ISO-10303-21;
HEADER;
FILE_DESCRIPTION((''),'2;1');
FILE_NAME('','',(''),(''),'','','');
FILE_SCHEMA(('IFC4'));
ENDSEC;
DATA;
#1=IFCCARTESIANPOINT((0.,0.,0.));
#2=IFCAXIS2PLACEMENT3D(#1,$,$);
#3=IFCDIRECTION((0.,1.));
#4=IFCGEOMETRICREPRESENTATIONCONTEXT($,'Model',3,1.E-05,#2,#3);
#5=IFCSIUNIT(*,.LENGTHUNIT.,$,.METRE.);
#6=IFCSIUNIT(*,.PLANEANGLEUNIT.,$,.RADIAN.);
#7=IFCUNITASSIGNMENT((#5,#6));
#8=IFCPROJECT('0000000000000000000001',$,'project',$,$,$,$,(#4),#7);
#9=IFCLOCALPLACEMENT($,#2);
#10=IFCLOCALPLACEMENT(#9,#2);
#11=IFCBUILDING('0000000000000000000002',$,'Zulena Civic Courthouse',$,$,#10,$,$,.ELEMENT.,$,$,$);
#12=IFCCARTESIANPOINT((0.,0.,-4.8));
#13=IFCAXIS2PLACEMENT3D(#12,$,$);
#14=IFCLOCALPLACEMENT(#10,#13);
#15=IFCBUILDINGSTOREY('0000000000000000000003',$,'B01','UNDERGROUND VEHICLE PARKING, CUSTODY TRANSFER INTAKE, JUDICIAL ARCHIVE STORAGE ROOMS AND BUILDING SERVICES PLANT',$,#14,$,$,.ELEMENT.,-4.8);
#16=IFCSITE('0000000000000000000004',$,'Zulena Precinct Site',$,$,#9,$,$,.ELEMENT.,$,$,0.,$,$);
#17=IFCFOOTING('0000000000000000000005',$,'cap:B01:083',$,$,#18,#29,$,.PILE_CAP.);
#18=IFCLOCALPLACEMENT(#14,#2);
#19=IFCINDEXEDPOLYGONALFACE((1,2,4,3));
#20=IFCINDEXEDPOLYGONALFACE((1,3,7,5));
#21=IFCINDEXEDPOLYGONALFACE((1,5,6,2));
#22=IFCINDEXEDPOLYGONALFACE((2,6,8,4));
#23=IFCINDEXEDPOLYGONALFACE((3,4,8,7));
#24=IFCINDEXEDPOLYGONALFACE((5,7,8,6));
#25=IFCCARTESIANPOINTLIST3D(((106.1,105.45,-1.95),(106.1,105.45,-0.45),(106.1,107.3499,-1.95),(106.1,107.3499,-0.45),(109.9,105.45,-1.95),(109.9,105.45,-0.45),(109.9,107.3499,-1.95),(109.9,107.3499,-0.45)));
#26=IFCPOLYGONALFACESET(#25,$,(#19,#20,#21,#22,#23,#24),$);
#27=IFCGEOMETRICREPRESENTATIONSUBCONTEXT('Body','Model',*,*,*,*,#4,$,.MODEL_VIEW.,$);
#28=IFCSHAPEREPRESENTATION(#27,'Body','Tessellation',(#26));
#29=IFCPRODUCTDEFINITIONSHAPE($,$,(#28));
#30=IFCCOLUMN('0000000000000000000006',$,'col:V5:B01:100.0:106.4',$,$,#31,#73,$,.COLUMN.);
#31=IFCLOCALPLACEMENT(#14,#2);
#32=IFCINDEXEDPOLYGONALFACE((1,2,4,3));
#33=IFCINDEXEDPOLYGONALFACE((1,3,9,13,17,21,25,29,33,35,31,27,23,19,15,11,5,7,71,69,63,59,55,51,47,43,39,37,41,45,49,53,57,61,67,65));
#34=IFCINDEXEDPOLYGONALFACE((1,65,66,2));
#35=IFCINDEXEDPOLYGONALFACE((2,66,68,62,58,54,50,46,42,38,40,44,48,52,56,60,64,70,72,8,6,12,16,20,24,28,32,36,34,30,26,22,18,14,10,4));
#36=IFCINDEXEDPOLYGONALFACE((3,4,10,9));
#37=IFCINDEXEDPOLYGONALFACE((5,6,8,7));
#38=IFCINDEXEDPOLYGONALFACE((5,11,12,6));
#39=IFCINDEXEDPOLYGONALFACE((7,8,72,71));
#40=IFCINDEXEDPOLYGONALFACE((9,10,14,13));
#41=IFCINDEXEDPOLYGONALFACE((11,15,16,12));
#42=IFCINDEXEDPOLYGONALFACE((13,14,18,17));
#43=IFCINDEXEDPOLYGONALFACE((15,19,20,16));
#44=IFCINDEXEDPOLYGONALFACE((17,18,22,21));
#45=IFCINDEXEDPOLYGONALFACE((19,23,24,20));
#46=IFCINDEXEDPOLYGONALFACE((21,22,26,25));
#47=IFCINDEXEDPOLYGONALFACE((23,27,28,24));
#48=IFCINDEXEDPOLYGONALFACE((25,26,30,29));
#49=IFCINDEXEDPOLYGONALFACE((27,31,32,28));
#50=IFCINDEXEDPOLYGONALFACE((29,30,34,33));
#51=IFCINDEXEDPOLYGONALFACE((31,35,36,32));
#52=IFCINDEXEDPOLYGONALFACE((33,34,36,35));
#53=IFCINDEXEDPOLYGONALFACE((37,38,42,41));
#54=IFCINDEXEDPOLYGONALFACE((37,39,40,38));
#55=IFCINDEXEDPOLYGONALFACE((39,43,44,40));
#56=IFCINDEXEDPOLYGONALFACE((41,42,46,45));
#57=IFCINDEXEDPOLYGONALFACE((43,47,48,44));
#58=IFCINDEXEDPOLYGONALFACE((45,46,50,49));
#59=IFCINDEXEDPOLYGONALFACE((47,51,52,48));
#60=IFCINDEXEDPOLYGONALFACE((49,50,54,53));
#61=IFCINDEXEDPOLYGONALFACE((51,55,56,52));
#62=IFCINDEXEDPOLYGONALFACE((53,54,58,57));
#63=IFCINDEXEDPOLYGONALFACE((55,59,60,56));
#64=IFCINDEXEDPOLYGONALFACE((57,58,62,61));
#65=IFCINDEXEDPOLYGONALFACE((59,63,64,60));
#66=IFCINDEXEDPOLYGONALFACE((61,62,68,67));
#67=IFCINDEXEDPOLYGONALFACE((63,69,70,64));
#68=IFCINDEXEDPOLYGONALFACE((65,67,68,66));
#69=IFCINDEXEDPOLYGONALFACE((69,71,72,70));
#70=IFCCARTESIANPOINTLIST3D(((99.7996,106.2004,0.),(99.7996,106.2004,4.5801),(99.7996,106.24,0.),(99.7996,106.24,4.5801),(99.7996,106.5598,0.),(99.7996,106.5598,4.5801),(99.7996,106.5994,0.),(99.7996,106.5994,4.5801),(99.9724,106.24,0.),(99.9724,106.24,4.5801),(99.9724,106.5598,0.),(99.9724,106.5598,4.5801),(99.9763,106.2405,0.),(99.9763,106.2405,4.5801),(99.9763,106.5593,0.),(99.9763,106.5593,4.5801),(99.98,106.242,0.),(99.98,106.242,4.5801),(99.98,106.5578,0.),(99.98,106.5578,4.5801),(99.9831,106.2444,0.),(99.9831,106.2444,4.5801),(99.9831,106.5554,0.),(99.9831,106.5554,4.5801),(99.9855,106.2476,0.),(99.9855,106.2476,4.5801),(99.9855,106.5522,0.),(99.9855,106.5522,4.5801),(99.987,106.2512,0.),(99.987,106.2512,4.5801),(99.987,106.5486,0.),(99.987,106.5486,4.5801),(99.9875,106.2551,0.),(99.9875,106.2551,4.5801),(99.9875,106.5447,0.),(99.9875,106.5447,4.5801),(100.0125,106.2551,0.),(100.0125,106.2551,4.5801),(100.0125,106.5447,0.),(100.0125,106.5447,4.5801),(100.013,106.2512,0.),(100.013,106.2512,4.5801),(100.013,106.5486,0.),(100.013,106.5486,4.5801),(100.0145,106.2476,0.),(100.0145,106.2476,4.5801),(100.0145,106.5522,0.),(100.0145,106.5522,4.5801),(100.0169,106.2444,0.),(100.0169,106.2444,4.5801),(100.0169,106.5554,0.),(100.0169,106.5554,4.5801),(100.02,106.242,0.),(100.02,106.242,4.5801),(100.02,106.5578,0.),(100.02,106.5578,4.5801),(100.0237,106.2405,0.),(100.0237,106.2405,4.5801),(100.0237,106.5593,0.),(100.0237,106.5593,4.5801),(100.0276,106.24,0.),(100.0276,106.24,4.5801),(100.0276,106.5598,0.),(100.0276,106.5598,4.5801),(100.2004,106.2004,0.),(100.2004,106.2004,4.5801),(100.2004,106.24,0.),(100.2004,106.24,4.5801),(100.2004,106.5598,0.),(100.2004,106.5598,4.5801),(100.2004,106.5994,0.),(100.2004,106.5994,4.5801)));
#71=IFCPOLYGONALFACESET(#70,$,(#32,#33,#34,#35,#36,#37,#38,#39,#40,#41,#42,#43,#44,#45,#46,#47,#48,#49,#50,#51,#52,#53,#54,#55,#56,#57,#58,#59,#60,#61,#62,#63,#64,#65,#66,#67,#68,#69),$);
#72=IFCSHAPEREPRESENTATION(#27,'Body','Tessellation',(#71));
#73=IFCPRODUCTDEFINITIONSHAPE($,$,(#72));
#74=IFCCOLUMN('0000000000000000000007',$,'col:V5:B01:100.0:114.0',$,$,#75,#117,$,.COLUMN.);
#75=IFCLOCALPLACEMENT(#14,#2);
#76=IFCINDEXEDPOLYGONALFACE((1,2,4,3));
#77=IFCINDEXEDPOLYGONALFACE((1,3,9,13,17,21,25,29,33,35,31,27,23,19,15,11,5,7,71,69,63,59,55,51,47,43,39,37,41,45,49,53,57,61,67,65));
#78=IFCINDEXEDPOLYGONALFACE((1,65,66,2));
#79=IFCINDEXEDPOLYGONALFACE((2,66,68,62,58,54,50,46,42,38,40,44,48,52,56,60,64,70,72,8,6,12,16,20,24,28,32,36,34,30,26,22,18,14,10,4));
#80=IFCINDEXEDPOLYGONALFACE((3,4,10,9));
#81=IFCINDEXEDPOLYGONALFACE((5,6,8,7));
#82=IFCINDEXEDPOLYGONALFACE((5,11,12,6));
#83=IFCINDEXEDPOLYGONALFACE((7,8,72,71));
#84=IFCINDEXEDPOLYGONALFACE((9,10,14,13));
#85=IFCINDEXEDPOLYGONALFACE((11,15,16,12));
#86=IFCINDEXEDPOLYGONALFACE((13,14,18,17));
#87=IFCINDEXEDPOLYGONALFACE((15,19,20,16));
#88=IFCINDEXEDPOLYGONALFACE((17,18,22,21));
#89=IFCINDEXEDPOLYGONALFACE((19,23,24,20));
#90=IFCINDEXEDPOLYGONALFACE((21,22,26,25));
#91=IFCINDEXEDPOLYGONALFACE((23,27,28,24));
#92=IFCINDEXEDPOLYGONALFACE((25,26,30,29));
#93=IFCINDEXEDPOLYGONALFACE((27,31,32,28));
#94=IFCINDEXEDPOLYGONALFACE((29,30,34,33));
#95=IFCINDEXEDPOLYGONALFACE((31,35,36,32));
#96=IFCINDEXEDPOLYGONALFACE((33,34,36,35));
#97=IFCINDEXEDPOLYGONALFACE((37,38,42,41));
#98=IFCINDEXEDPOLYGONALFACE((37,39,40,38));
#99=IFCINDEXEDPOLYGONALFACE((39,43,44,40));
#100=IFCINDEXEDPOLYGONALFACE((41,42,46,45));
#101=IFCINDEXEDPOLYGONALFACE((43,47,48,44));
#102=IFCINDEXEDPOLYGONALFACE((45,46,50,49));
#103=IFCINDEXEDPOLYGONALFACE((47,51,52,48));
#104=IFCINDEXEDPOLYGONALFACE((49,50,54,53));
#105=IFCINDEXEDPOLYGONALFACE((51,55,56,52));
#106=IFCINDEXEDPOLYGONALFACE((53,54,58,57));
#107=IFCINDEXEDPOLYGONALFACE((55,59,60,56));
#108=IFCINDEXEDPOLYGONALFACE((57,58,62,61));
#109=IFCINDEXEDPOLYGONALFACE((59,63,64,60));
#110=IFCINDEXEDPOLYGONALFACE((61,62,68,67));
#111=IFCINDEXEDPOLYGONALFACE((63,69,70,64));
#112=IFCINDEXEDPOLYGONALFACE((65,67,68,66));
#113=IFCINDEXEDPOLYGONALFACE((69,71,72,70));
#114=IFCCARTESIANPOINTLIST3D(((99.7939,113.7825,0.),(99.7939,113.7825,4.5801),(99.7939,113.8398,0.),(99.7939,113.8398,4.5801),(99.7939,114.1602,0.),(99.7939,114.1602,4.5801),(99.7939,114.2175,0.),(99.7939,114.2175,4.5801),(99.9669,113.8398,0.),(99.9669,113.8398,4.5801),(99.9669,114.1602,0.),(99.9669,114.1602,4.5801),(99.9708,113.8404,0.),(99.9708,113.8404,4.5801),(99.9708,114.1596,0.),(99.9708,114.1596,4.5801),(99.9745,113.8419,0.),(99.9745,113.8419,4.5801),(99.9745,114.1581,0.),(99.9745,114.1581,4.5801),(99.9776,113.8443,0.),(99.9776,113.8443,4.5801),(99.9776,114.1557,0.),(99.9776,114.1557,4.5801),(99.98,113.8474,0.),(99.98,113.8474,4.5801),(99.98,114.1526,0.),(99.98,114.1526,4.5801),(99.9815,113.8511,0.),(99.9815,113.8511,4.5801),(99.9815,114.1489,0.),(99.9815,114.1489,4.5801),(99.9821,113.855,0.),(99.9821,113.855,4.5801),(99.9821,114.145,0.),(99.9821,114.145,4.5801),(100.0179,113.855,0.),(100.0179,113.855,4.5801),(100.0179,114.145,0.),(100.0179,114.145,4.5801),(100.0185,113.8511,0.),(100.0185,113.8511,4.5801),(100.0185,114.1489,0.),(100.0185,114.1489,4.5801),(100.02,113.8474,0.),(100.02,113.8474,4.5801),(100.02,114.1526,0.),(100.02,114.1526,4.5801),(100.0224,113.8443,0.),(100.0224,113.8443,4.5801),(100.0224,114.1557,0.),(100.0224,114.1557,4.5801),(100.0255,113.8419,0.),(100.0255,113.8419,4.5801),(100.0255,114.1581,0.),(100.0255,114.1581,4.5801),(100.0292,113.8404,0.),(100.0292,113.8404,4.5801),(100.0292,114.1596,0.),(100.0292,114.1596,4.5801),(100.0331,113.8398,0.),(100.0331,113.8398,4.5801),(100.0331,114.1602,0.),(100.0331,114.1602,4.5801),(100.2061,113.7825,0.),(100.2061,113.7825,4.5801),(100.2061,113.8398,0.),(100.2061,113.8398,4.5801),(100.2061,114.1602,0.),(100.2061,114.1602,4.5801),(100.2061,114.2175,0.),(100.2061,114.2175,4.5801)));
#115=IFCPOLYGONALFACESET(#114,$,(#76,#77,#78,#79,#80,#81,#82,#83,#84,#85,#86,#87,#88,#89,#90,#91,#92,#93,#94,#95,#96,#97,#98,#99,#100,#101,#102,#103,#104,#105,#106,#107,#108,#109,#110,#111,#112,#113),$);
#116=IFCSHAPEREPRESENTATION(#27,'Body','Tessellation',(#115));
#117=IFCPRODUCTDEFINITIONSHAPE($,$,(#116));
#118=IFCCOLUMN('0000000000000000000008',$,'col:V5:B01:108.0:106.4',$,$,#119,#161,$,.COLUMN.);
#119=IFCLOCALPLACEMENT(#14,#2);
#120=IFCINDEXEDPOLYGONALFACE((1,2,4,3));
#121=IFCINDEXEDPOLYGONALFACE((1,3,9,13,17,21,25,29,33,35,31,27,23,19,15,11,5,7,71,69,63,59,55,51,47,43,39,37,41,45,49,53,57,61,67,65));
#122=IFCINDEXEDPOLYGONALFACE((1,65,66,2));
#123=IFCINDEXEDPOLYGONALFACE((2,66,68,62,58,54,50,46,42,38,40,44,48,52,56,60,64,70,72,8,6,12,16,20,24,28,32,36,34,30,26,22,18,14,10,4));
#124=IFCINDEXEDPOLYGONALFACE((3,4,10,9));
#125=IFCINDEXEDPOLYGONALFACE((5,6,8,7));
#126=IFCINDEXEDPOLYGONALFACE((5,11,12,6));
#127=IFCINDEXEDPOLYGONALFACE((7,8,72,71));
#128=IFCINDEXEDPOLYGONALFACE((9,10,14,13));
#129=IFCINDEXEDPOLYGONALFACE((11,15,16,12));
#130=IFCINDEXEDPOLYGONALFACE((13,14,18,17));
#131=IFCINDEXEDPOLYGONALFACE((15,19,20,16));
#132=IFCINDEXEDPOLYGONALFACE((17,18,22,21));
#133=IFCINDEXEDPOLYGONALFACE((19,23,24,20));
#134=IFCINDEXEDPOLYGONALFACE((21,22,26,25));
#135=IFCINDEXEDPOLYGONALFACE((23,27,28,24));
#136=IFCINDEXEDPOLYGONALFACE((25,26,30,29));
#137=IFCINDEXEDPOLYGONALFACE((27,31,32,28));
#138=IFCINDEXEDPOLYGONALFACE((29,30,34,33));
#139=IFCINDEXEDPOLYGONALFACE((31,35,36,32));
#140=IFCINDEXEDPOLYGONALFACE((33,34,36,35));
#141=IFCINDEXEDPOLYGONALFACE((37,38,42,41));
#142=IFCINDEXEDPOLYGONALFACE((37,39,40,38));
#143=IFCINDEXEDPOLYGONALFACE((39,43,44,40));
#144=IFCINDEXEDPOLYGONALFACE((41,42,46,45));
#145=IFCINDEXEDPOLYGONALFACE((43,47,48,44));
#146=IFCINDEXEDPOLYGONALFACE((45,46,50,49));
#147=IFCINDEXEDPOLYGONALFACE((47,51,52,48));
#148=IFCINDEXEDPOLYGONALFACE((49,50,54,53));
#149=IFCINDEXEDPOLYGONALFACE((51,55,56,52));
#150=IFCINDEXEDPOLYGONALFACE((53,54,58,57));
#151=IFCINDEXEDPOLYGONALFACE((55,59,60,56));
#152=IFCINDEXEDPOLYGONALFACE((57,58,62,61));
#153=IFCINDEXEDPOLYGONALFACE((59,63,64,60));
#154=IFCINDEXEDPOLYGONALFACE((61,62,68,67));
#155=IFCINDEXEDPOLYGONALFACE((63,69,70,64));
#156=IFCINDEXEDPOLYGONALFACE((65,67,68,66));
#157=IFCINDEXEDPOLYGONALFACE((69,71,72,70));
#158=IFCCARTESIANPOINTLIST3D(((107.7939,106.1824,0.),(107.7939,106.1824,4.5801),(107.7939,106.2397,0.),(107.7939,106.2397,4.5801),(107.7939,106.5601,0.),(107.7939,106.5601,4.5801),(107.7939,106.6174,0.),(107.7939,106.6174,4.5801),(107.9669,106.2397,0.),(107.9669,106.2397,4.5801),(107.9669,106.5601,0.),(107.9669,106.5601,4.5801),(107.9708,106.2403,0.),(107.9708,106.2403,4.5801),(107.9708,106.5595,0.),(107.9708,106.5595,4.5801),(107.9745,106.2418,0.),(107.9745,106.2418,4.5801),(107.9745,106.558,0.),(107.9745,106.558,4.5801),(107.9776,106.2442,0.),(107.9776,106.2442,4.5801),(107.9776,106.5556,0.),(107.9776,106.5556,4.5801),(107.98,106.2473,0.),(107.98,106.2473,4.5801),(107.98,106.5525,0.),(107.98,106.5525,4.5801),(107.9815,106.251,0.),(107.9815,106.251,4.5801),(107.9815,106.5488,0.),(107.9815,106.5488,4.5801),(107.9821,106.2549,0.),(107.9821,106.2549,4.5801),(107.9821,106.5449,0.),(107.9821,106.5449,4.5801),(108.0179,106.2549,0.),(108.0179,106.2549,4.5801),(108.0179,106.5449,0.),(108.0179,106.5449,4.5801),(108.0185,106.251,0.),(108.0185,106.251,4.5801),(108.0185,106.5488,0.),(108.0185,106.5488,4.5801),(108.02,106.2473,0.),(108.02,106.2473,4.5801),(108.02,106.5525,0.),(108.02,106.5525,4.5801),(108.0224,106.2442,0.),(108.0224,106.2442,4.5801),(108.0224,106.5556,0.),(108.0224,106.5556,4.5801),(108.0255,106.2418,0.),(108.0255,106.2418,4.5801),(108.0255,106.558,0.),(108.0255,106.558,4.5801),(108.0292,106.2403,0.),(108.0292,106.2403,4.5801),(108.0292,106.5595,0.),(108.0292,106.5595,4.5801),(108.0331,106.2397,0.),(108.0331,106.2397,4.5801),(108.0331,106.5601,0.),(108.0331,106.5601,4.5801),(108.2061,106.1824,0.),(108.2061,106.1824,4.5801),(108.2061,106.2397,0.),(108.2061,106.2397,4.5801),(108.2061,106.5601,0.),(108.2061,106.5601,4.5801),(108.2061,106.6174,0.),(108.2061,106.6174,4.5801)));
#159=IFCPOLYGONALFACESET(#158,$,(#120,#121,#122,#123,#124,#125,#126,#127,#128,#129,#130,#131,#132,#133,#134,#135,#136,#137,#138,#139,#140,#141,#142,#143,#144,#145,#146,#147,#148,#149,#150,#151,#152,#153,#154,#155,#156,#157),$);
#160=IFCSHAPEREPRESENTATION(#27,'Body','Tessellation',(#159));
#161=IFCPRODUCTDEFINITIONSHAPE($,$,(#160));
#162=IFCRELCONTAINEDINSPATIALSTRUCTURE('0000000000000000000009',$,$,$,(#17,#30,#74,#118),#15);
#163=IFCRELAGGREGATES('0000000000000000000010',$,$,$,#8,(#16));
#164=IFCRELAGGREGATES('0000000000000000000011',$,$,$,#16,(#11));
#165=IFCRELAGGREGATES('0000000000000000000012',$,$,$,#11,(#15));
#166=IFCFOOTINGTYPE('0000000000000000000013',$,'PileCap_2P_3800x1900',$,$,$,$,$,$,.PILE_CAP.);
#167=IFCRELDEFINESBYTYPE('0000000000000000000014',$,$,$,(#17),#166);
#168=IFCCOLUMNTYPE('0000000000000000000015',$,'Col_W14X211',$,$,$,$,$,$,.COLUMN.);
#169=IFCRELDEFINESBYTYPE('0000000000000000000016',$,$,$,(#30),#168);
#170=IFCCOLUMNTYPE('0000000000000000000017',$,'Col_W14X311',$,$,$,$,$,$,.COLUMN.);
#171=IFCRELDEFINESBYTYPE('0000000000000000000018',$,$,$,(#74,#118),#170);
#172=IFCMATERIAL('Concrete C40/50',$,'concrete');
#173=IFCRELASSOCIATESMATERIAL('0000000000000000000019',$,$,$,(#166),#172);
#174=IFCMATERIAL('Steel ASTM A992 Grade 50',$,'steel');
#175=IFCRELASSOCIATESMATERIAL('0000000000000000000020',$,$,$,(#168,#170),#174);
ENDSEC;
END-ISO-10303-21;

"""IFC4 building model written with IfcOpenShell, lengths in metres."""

from ifc_helpers import new_model, si_unit, direction, frame, origin, origin_2d, place, context, subcontext, project, spatial, rectangle, i_section, extrude, material, material_profile, profile_set, type_object, element, save


model = new_model("IFC4")

# Units and contexts
model_context = context("Model", 3, precision=1e-05, world=origin(), true_north=direction((0.0, 1.0)))
body_context = subcontext(model_context, "Body", "Model", "MODEL_VIEW")
ifc_project = project(units=[si_unit("LENGTHUNIT", "METRE"), si_unit("PLANEANGLEUNIT", "RADIAN")], contexts=[model_context])

# Site, building, storey
site_placement = place(None, origin())
site = spatial("IfcSite", under=ifc_project, at=site_placement, Name="Zulena Precinct Site", CompositionType="ELEMENT", RefElevation=0.0)
building_placement = place(site_placement, origin())
building = spatial("IfcBuilding", under=site, at=building_placement, Name="Zulena Civic Courthouse", CompositionType="ELEMENT")
storey_placement = place(building_placement, frame((0.0, 0.0, -4.8)))
storey = spatial("IfcBuildingStorey", under=building, at=storey_placement, Name="B01", Description="UNDERGROUND VEHICLE PARKING, CUSTODY TRANSFER INTAKE, JUDICIAL ARCHIVE STORAGE ROOMS AND BUILDING SERVICES PLANT", CompositionType="ELEMENT", Elevation=-4.8)

# Shared definitions
ifc_material_1 = material(Name="Concrete C40/50", Category="concrete")

# Footing
footing_type_1 = type_object("IfcFootingType", Name="PileCap_2P_3800x1900", PredefinedType="PILE_CAP", material=ifc_material_1)
for number, where, z_axis, x_axis, name in (
    (1, (108.0, 106.3999, -1.95), (0.0, 0.0, 1.0), (1.0, 0.0, 0.0), "cap:B01:083"),
):
    element("IfcFooting", number, at=place(storey_placement, frame(where, z_axis=z_axis, x_axis=x_axis)), inside=storey, type_object=footing_type_1, Name=name, PredefinedType="PILE_CAP", context=body_context, shape_type="SweptSolid", body=[
        extrude(rectangle(XDim=3.8, YDim=1.8999, at=origin_2d()), origin(), (0.0, 0.0, 1.0), 1.5),
    ])

# Columns
ifc_material_2 = material(Name="Steel ASTM A992 Grade 50", Category="steel")
ifc_material_profile_1 = material_profile(ifc_material_2, i_section(OverallWidth=0.4009, OverallDepth=0.3989, WebThickness=0.0249, FlangeThickness=0.0396, FilletRadius=0.0151, at=origin_2d()), Name="W14X211")
ifc_profile_set_1 = profile_set([ifc_material_profile_1], Name="Steel ASTM A992 Grade 50")
column_type_1 = type_object("IfcColumnType", Name="Col_W14X211", PredefinedType="COLUMN", material=ifc_profile_set_1)
column_placement = place(storey_placement, frame((100.0, 106.3999, 0.0), z_axis=(0.0, 0.0, 1.0), x_axis=(1.0, 0.0, 0.0)))
element("IfcColumn", 2, at=column_placement, inside=storey, type_object=column_type_1, Name="col:V5:B01:100.0:106.4", PredefinedType="COLUMN", context=body_context, shape_type="SweptSolid", body=[
    extrude(i_section(OverallWidth=0.4009, OverallDepth=0.3989, WebThickness=0.0249, FlangeThickness=0.0396, FilletRadius=0.0151, at=origin_2d()), origin(), (0.0, 0.0, 1.0), 4.5801),
])
ifc_material_profile_2 = material_profile(ifc_material_2, i_section(OverallWidth=0.4121, OverallDepth=0.4351, WebThickness=0.0359, FlangeThickness=0.0574, FilletRadius=0.0151, at=origin_2d()), Name="W14X311")
ifc_profile_set_2 = profile_set([ifc_material_profile_2], Name="Steel ASTM A992 Grade 50")
column_type_2 = type_object("IfcColumnType", Name="Col_W14X311", PredefinedType="COLUMN", material=ifc_profile_set_2)
for number, where, z_axis, x_axis, name in (
    (3, (100.0, 114.0, 0.0), (0.0, 0.0, 1.0), (1.0, 0.0, 0.0), "col:V5:B01:100.0:114.0"),
    (4, (108.0, 106.3999, 0.0), (0.0, 0.0, 1.0), (1.0, 0.0, 0.0), "col:V5:B01:108.0:106.4"),
):
    element("IfcColumn", number, at=place(storey_placement, frame(where, z_axis=z_axis, x_axis=x_axis)), inside=storey, type_object=column_type_2, Name=name, PredefinedType="COLUMN", context=body_context, shape_type="SweptSolid", body=[
        extrude(i_section(OverallWidth=0.4121, OverallDepth=0.4351, WebThickness=0.0359, FlangeThickness=0.0574, FilletRadius=0.0151, at=origin_2d()), origin(), (0.0, 0.0, 1.0), 4.5801),
    ])

save(model, "model.ifc")
